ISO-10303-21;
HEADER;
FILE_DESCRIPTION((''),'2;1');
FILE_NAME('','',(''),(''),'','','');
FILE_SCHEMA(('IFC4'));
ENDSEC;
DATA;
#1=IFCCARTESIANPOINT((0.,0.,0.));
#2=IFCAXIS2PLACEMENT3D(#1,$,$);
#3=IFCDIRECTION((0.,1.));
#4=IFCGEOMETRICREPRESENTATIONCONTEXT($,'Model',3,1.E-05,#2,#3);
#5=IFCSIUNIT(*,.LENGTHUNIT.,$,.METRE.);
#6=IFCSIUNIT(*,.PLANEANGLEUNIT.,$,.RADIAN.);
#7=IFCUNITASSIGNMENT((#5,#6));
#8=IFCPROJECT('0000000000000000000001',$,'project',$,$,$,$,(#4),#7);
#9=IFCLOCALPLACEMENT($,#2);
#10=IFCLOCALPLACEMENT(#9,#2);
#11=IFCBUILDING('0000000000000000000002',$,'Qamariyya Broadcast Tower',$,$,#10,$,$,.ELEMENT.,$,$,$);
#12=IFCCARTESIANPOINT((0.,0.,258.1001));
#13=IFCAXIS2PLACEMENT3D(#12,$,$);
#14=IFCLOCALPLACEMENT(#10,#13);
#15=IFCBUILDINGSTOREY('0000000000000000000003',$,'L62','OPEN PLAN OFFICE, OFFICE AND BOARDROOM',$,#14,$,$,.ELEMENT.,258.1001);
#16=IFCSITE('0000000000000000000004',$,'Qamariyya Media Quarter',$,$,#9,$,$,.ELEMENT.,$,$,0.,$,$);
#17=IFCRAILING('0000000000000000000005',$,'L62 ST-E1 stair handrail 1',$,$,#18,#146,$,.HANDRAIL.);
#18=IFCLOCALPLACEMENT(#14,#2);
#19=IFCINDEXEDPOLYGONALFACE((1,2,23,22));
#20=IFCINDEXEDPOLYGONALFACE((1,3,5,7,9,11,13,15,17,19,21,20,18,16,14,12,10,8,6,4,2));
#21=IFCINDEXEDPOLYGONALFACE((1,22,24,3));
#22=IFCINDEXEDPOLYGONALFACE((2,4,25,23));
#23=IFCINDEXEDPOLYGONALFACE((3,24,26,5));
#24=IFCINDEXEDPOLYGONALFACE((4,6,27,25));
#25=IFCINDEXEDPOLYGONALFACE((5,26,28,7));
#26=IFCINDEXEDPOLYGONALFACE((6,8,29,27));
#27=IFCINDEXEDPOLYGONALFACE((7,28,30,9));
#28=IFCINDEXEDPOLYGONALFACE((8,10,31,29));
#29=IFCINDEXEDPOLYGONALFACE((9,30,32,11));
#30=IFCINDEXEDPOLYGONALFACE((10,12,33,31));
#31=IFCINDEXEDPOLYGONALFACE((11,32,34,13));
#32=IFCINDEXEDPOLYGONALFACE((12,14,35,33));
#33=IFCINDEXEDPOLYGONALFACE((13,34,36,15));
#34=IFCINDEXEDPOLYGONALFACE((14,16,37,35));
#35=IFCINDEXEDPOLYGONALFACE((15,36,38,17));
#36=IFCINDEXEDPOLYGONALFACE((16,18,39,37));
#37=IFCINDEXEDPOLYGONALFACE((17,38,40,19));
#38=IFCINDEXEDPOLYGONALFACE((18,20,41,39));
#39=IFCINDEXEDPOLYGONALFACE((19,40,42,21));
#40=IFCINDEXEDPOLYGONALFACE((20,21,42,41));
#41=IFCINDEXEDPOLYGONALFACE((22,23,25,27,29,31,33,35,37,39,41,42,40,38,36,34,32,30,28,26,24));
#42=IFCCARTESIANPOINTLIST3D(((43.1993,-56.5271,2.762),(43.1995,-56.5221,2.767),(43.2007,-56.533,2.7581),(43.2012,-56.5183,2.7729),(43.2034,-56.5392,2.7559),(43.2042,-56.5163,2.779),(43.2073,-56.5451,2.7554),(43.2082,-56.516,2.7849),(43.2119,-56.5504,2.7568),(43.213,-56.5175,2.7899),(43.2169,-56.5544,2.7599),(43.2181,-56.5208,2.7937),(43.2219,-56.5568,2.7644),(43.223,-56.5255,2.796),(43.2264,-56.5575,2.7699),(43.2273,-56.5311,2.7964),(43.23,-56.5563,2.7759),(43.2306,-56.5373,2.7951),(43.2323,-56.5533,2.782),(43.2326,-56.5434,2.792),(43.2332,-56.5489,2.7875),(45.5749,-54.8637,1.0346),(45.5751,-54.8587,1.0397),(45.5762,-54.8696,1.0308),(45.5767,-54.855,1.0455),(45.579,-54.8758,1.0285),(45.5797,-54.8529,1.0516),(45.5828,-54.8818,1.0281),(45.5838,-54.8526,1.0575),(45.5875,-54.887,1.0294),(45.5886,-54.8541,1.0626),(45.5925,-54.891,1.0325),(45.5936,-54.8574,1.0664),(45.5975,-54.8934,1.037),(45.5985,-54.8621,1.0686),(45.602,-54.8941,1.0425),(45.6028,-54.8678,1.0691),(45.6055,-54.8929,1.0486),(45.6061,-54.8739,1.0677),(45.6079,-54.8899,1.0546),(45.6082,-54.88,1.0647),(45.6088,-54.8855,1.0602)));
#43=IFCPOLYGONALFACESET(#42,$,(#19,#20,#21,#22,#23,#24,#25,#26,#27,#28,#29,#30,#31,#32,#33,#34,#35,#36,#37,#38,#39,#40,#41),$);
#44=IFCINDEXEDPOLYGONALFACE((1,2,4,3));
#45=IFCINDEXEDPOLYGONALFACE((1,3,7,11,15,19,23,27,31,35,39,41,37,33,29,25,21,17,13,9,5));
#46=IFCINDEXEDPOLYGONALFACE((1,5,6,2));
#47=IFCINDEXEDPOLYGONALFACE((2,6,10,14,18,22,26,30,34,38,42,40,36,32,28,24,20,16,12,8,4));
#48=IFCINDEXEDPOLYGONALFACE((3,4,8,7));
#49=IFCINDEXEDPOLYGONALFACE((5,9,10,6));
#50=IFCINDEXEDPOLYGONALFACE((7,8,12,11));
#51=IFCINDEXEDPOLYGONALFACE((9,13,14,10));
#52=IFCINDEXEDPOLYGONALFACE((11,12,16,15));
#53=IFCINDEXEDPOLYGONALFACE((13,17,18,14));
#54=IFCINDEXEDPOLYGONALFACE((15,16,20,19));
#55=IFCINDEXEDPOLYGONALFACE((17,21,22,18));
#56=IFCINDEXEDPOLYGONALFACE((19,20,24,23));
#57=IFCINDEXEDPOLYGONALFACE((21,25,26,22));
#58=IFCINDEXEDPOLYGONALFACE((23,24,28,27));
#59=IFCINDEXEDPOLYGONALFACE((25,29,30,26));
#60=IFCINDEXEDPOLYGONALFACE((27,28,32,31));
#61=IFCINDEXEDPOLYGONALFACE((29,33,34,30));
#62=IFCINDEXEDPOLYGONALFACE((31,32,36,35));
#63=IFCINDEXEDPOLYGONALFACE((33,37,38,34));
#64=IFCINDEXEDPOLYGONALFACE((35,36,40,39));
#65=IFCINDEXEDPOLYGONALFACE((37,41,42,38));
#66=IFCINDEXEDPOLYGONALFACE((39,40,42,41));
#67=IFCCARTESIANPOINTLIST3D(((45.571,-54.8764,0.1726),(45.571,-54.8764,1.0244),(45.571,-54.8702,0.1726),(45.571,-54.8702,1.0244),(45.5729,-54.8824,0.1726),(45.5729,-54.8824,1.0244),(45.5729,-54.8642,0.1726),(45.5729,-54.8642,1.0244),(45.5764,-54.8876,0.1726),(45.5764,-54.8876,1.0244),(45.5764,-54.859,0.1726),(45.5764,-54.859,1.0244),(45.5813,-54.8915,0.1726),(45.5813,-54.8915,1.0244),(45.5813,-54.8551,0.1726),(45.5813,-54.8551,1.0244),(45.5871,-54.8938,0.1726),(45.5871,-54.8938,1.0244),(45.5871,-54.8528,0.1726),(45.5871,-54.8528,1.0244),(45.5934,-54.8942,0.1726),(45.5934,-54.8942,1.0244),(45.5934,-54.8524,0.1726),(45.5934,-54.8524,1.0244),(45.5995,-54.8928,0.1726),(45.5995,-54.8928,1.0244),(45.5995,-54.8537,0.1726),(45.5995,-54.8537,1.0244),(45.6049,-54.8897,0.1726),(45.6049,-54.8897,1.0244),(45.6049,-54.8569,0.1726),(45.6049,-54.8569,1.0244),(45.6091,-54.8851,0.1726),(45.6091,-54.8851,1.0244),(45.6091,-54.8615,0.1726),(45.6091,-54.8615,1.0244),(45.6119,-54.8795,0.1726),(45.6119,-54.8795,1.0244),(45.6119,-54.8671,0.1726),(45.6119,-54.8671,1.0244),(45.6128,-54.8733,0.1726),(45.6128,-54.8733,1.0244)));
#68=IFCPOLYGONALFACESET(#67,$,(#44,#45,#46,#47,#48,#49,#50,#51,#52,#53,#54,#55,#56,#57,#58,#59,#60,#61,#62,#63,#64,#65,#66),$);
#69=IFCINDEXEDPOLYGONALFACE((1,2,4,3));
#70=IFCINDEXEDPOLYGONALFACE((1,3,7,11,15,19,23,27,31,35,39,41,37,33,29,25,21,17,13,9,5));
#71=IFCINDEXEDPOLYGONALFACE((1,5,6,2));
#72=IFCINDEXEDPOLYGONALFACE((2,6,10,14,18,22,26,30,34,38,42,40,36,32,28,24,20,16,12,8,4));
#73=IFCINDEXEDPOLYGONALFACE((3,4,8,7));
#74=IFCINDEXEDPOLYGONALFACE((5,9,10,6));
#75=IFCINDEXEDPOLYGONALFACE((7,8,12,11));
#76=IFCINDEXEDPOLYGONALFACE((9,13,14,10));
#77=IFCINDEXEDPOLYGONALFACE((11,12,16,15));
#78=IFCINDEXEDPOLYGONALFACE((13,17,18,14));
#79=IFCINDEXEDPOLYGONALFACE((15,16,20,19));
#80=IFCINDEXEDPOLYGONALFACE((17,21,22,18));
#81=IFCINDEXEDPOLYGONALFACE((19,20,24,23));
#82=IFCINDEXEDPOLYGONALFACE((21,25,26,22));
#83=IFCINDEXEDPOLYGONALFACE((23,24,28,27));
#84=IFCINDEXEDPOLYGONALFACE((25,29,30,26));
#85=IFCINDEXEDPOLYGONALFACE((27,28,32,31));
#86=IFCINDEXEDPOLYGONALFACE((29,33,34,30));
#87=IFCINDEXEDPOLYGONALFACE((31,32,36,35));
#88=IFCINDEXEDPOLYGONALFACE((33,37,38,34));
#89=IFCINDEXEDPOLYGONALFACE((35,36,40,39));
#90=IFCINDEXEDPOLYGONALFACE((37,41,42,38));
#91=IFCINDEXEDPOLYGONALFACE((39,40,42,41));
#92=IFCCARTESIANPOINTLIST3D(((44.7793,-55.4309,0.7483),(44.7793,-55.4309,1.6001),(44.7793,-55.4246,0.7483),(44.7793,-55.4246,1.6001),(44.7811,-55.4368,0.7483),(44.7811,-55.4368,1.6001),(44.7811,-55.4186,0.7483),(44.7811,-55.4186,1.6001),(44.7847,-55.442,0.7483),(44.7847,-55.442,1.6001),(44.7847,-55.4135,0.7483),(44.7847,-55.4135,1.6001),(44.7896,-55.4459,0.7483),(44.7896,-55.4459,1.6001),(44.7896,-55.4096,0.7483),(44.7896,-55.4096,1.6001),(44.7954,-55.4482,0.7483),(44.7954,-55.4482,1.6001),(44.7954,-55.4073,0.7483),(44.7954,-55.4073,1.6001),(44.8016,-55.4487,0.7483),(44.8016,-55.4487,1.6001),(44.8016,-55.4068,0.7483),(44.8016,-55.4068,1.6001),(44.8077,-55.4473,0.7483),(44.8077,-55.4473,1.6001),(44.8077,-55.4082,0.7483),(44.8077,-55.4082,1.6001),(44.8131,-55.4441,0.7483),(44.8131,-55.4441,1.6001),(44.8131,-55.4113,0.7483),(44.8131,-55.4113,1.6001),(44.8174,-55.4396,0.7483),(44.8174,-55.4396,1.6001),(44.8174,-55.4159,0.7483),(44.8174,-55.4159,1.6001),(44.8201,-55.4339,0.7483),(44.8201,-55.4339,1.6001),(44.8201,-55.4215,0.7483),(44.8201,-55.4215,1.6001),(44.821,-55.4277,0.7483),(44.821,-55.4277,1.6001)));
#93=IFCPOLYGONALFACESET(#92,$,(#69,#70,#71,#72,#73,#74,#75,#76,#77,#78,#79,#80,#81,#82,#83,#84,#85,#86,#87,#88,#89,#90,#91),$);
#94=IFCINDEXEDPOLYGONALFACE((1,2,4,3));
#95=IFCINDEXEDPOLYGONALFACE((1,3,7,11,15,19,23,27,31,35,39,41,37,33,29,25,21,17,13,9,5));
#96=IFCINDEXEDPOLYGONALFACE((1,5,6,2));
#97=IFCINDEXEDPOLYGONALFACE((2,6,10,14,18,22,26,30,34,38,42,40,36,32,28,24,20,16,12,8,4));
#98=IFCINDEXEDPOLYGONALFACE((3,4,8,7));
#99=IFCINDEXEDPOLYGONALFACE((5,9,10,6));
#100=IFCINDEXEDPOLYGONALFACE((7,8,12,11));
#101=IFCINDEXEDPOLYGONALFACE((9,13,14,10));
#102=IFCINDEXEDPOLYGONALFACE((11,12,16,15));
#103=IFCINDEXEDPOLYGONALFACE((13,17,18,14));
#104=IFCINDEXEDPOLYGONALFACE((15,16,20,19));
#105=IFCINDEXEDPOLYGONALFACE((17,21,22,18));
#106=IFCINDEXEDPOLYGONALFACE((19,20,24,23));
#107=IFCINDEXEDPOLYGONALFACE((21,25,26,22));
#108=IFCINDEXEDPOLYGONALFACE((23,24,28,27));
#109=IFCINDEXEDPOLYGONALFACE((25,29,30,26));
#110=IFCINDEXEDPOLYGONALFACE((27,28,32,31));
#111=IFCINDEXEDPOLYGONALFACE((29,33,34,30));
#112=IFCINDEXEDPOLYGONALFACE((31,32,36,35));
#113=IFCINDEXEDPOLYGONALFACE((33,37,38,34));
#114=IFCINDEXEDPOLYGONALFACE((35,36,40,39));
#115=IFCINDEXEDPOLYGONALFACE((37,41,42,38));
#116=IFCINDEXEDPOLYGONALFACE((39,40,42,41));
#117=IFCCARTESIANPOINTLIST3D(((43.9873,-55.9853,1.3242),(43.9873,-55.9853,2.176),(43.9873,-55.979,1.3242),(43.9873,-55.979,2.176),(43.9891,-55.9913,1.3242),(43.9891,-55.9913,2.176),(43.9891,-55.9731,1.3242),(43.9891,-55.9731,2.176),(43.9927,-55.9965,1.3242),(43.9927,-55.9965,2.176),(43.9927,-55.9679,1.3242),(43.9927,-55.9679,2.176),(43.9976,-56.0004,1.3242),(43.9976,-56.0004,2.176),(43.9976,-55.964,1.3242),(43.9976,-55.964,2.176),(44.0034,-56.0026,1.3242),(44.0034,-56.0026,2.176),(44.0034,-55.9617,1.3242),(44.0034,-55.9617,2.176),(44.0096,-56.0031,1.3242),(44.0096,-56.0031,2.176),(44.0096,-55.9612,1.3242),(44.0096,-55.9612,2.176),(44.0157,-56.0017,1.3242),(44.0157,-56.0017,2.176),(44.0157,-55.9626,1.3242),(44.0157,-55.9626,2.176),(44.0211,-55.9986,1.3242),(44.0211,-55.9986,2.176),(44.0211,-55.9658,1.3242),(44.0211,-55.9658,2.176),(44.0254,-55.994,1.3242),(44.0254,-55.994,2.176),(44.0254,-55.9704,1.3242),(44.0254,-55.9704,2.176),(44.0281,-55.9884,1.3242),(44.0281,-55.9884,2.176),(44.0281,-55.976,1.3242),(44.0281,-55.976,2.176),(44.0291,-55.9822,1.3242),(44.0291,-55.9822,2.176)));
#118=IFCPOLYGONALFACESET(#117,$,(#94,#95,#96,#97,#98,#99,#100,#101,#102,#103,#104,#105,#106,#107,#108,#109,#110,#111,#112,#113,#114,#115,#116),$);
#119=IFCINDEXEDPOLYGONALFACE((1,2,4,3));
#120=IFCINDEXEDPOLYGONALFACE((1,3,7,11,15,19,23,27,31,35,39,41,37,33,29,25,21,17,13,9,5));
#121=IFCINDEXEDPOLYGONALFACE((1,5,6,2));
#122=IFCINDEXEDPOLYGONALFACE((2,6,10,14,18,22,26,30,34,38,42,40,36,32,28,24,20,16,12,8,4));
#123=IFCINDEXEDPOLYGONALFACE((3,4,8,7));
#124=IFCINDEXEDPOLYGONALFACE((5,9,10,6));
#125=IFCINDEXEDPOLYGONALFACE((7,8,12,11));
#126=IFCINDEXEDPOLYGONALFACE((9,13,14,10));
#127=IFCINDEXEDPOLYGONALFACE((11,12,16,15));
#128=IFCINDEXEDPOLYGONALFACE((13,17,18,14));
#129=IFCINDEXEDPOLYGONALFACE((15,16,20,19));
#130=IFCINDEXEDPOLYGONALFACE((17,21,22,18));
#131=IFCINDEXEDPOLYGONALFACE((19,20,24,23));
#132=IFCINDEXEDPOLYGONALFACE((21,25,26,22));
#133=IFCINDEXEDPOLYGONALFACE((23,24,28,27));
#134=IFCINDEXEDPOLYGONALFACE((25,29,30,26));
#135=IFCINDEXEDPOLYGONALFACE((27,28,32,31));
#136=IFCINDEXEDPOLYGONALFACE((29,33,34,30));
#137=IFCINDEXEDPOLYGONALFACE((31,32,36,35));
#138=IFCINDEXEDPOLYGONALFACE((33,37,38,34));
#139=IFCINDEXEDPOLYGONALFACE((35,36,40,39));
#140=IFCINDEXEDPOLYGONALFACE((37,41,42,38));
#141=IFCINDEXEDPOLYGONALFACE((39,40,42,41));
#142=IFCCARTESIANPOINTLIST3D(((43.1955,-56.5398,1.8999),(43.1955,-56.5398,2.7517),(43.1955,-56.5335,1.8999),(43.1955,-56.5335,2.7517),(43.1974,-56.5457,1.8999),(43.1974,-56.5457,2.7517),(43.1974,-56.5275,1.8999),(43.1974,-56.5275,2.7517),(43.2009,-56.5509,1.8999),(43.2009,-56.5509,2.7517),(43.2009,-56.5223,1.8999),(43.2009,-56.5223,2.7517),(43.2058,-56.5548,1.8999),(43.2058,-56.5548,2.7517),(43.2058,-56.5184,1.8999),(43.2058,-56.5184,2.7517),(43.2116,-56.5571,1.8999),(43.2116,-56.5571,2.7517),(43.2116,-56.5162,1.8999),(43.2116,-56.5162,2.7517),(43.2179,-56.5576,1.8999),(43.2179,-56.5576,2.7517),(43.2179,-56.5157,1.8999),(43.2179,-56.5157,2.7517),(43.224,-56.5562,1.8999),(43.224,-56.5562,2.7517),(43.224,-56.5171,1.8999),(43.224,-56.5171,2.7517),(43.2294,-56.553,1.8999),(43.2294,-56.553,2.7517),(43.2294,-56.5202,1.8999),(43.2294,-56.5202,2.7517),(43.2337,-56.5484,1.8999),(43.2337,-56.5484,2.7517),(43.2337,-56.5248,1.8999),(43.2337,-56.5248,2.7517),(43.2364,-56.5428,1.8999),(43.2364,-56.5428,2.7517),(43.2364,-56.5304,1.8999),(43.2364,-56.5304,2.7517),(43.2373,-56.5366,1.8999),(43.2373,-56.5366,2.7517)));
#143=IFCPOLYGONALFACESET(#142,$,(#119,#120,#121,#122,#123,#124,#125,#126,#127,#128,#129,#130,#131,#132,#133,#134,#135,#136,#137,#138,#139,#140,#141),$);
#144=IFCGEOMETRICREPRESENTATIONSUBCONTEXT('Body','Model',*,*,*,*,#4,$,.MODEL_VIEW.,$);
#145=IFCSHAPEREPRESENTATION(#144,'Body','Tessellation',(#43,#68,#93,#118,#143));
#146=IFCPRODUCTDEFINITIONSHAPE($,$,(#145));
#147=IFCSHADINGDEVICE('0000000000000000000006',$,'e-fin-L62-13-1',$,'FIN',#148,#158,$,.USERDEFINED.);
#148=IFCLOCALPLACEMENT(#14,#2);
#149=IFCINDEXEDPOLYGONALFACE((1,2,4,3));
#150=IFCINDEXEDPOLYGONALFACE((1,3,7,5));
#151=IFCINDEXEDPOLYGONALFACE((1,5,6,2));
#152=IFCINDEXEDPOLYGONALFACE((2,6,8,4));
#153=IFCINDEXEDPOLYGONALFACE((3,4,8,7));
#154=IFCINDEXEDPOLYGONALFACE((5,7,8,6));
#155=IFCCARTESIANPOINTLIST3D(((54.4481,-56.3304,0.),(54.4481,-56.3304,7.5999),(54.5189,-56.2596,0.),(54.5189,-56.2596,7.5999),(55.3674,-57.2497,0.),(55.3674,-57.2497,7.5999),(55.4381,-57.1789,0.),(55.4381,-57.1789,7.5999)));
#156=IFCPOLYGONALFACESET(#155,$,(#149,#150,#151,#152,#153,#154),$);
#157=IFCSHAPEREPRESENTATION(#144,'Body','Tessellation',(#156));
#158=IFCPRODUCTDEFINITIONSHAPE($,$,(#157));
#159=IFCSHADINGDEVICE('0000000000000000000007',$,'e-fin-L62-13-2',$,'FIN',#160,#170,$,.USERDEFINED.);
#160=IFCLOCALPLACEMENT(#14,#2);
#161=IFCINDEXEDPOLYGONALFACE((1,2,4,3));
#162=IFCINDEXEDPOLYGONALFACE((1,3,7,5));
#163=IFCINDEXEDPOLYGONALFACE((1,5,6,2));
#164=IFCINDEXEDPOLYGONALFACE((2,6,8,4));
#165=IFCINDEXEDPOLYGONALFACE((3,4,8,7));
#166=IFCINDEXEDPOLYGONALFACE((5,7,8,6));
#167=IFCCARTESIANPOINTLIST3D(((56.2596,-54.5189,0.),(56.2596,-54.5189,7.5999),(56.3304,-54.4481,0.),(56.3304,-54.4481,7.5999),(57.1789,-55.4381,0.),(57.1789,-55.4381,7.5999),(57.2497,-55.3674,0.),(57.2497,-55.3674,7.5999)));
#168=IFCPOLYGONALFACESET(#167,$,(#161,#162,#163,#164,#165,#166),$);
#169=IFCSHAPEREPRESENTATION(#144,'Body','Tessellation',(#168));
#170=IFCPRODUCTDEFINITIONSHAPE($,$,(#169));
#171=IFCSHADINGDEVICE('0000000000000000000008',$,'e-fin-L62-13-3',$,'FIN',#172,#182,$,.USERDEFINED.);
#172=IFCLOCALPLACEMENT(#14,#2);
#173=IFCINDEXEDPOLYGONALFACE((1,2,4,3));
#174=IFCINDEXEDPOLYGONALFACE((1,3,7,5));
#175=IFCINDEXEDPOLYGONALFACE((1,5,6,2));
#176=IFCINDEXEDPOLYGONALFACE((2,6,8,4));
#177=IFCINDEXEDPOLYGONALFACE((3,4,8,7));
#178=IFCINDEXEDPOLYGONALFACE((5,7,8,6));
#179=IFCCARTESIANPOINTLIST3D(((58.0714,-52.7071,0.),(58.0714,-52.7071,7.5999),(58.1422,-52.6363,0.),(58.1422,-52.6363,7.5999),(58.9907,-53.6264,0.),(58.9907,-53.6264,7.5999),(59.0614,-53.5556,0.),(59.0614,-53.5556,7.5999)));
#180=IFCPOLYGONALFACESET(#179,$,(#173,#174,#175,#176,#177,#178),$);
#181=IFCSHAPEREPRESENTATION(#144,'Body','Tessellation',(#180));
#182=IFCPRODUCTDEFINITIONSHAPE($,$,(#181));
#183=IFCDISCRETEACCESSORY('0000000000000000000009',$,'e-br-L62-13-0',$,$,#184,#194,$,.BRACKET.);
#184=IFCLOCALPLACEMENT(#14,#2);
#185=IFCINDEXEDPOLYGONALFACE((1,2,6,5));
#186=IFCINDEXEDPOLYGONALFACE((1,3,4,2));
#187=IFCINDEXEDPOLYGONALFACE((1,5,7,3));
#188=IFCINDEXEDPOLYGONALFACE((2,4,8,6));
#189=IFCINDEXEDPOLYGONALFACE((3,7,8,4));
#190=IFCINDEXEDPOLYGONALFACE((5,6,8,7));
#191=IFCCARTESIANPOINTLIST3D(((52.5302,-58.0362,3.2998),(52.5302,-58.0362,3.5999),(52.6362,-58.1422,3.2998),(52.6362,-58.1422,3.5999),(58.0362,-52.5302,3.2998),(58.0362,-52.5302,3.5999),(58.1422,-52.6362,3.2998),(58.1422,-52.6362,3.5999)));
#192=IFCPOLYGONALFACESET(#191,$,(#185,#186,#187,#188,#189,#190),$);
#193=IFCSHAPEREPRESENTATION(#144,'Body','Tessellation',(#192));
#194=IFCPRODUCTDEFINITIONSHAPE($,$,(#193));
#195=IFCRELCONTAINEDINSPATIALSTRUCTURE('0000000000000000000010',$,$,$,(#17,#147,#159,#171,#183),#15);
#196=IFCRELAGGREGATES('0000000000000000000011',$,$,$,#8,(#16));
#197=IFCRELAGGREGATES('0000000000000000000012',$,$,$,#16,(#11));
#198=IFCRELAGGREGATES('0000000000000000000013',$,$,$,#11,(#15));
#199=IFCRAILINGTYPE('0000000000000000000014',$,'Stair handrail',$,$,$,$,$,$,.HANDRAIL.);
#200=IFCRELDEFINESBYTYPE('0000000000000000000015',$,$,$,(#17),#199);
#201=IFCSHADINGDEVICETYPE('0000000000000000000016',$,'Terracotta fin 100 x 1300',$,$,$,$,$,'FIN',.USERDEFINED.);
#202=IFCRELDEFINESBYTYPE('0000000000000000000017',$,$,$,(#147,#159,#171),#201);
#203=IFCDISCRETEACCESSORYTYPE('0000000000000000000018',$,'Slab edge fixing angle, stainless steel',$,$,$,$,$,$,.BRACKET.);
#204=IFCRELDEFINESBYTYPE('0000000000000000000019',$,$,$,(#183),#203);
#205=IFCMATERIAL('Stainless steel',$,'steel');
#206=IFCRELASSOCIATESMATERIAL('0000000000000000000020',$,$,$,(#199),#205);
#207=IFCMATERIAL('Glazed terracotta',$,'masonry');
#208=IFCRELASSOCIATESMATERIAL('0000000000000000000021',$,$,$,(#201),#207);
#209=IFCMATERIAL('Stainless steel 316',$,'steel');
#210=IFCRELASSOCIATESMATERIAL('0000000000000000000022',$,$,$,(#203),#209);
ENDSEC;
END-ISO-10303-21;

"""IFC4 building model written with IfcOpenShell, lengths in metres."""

from ifc_helpers import new_model, si_unit, direction, frame, origin, origin_2d, place, context, subcontext, project, spatial, rectangle, circle, extrude, material, material_profile, profile_set, type_object, element, save


model = new_model("IFC4")

# Units and contexts
model_context = context("Model", 3, precision=1e-05, world=origin(), true_north=direction((0.0, 1.0)))
body_context = subcontext(model_context, "Body", "Model", "MODEL_VIEW")
ifc_project = project(units=[si_unit("LENGTHUNIT", "METRE"), si_unit("PLANEANGLEUNIT", "RADIAN")], contexts=[model_context])

# Site, building, storey
site_placement = place(None, origin())
site = spatial("IfcSite", under=ifc_project, at=site_placement, Name="Qamariyya Media Quarter", CompositionType="ELEMENT", RefElevation=0.0)
building_placement = place(site_placement, origin())
building = spatial("IfcBuilding", under=site, at=building_placement, Name="Qamariyya Broadcast Tower", CompositionType="ELEMENT")
storey_placement = place(building_placement, frame((0.0, 0.0, 258.1001)))
storey = spatial("IfcBuildingStorey", under=building, at=storey_placement, Name="L62", Description="OPEN PLAN OFFICE, OFFICE AND BOARDROOM", CompositionType="ELEMENT", Elevation=258.1001)

# Railing
ifc_material_1 = material(Name="Stainless steel", Category="steel")
railing_type_1 = type_object("IfcRailingType", Name="Stair handrail", PredefinedType="HANDRAIL", material=ifc_material_1)
railing_1_placement = place(storey_placement, frame((45.5918, -54.8733, 0.1726)))
element("IfcRailing", 1, at=railing_1_placement, inside=storey, type_object=railing_type_1, Name="L62 ST-E1 stair handrail 1", PredefinedType="HANDRAIL", context=body_context, shape_type="SweptSolid", body=[
    extrude(circle(Radius=0.0239, at=origin_2d()), frame((0.0, 0.0, 0.876), z_axis=(-0.70377, -0.492784, 0.511734), x_axis=(0.573575, -0.819153, 0.0)), (0.0, 0.0, 1.0), 3.3755),
    extrude(circle(Radius=0.021, at=origin_2d()), origin(), (0.0, 0.0, 1.0), 0.8518),
    extrude(circle(Radius=0.021, at=origin_2d()), frame((-0.7917, -0.5544, 0.5757)), (0.0, 0.0, 1.0), 0.8518),
    extrude(circle(Radius=0.021, at=origin_2d()), frame((-1.5837, -1.1089, 1.1516)), (0.0, 0.0, 1.0), 0.8518),
    extrude(circle(Radius=0.021, at=origin_2d()), frame((-2.3755, -1.6633, 1.7273)), (0.0, 0.0, 1.0), 0.8518),
])

# Shading devices
ifc_material_2 = material(Name="Glazed terracotta", Category="masonry")
ifc_material_profile_1 = material_profile(ifc_material_2, rectangle(XDim=1.3, YDim=0.1001, at=origin_2d()))
ifc_profile_set_1 = profile_set([ifc_material_profile_1], Name="Glazed terracotta")
shading_device_type = type_object("IfcShadingDeviceType", Name="Terracotta fin 100 x 1300", ElementType="FIN", PredefinedType="USERDEFINED", material=ifc_profile_set_1)
for number, where, z_axis, x_axis, name in (
    (2, (54.9431, -56.7546, 0.0), (0.0, 0.0, 1.0), (0.707107, -0.707107, 0.0), "e-fin-L62-13-1"),
    (3, (56.7546, -54.9431, 0.0), (0.0, 0.0, 1.0), (0.707107, -0.707107, 0.0), "e-fin-L62-13-2"),
    (4, (58.5664, -53.1313, 0.0), (0.0, 0.0, 1.0), (0.707107, -0.707107, 0.0), "e-fin-L62-13-3"),
):
    element("IfcShadingDevice", number, at=place(storey_placement, frame(where, z_axis=z_axis, x_axis=x_axis)), inside=storey, type_object=shading_device_type, Name=name, ObjectType="FIN", PredefinedType="USERDEFINED", context=body_context, shape_type="SweptSolid", body=[
        extrude(rectangle(XDim=1.3, YDim=0.1001, at=origin_2d()), origin(), (0.0, 0.0, 1.0), 7.5999),
    ])

# Discrete accessory
ifc_material_3 = material(Name="Stainless steel 316", Category="steel")
discrete_accessory_type = type_object("IfcDiscreteAccessoryType", Name="Slab edge fixing angle, stainless steel", PredefinedType="BRACKET", material=ifc_material_3)
discrete_accessory_placement = place(storey_placement, frame((55.3362, -55.3362, 3.2998), z_axis=(0.0, 0.0, 1.0), x_axis=(0.707107, 0.707107, 0.0)))
element("IfcDiscreteAccessory", 5, at=discrete_accessory_placement, inside=storey, type_object=discrete_accessory_type, Name="e-br-L62-13-0", PredefinedType="BRACKET", context=body_context, shape_type="SweptSolid", body=[
    extrude(rectangle(XDim=7.7866, YDim=0.1499, at=origin_2d()), origin(), (0.0, 0.0, 1.0), 0.3),
])

save(model, "model.ifc")
